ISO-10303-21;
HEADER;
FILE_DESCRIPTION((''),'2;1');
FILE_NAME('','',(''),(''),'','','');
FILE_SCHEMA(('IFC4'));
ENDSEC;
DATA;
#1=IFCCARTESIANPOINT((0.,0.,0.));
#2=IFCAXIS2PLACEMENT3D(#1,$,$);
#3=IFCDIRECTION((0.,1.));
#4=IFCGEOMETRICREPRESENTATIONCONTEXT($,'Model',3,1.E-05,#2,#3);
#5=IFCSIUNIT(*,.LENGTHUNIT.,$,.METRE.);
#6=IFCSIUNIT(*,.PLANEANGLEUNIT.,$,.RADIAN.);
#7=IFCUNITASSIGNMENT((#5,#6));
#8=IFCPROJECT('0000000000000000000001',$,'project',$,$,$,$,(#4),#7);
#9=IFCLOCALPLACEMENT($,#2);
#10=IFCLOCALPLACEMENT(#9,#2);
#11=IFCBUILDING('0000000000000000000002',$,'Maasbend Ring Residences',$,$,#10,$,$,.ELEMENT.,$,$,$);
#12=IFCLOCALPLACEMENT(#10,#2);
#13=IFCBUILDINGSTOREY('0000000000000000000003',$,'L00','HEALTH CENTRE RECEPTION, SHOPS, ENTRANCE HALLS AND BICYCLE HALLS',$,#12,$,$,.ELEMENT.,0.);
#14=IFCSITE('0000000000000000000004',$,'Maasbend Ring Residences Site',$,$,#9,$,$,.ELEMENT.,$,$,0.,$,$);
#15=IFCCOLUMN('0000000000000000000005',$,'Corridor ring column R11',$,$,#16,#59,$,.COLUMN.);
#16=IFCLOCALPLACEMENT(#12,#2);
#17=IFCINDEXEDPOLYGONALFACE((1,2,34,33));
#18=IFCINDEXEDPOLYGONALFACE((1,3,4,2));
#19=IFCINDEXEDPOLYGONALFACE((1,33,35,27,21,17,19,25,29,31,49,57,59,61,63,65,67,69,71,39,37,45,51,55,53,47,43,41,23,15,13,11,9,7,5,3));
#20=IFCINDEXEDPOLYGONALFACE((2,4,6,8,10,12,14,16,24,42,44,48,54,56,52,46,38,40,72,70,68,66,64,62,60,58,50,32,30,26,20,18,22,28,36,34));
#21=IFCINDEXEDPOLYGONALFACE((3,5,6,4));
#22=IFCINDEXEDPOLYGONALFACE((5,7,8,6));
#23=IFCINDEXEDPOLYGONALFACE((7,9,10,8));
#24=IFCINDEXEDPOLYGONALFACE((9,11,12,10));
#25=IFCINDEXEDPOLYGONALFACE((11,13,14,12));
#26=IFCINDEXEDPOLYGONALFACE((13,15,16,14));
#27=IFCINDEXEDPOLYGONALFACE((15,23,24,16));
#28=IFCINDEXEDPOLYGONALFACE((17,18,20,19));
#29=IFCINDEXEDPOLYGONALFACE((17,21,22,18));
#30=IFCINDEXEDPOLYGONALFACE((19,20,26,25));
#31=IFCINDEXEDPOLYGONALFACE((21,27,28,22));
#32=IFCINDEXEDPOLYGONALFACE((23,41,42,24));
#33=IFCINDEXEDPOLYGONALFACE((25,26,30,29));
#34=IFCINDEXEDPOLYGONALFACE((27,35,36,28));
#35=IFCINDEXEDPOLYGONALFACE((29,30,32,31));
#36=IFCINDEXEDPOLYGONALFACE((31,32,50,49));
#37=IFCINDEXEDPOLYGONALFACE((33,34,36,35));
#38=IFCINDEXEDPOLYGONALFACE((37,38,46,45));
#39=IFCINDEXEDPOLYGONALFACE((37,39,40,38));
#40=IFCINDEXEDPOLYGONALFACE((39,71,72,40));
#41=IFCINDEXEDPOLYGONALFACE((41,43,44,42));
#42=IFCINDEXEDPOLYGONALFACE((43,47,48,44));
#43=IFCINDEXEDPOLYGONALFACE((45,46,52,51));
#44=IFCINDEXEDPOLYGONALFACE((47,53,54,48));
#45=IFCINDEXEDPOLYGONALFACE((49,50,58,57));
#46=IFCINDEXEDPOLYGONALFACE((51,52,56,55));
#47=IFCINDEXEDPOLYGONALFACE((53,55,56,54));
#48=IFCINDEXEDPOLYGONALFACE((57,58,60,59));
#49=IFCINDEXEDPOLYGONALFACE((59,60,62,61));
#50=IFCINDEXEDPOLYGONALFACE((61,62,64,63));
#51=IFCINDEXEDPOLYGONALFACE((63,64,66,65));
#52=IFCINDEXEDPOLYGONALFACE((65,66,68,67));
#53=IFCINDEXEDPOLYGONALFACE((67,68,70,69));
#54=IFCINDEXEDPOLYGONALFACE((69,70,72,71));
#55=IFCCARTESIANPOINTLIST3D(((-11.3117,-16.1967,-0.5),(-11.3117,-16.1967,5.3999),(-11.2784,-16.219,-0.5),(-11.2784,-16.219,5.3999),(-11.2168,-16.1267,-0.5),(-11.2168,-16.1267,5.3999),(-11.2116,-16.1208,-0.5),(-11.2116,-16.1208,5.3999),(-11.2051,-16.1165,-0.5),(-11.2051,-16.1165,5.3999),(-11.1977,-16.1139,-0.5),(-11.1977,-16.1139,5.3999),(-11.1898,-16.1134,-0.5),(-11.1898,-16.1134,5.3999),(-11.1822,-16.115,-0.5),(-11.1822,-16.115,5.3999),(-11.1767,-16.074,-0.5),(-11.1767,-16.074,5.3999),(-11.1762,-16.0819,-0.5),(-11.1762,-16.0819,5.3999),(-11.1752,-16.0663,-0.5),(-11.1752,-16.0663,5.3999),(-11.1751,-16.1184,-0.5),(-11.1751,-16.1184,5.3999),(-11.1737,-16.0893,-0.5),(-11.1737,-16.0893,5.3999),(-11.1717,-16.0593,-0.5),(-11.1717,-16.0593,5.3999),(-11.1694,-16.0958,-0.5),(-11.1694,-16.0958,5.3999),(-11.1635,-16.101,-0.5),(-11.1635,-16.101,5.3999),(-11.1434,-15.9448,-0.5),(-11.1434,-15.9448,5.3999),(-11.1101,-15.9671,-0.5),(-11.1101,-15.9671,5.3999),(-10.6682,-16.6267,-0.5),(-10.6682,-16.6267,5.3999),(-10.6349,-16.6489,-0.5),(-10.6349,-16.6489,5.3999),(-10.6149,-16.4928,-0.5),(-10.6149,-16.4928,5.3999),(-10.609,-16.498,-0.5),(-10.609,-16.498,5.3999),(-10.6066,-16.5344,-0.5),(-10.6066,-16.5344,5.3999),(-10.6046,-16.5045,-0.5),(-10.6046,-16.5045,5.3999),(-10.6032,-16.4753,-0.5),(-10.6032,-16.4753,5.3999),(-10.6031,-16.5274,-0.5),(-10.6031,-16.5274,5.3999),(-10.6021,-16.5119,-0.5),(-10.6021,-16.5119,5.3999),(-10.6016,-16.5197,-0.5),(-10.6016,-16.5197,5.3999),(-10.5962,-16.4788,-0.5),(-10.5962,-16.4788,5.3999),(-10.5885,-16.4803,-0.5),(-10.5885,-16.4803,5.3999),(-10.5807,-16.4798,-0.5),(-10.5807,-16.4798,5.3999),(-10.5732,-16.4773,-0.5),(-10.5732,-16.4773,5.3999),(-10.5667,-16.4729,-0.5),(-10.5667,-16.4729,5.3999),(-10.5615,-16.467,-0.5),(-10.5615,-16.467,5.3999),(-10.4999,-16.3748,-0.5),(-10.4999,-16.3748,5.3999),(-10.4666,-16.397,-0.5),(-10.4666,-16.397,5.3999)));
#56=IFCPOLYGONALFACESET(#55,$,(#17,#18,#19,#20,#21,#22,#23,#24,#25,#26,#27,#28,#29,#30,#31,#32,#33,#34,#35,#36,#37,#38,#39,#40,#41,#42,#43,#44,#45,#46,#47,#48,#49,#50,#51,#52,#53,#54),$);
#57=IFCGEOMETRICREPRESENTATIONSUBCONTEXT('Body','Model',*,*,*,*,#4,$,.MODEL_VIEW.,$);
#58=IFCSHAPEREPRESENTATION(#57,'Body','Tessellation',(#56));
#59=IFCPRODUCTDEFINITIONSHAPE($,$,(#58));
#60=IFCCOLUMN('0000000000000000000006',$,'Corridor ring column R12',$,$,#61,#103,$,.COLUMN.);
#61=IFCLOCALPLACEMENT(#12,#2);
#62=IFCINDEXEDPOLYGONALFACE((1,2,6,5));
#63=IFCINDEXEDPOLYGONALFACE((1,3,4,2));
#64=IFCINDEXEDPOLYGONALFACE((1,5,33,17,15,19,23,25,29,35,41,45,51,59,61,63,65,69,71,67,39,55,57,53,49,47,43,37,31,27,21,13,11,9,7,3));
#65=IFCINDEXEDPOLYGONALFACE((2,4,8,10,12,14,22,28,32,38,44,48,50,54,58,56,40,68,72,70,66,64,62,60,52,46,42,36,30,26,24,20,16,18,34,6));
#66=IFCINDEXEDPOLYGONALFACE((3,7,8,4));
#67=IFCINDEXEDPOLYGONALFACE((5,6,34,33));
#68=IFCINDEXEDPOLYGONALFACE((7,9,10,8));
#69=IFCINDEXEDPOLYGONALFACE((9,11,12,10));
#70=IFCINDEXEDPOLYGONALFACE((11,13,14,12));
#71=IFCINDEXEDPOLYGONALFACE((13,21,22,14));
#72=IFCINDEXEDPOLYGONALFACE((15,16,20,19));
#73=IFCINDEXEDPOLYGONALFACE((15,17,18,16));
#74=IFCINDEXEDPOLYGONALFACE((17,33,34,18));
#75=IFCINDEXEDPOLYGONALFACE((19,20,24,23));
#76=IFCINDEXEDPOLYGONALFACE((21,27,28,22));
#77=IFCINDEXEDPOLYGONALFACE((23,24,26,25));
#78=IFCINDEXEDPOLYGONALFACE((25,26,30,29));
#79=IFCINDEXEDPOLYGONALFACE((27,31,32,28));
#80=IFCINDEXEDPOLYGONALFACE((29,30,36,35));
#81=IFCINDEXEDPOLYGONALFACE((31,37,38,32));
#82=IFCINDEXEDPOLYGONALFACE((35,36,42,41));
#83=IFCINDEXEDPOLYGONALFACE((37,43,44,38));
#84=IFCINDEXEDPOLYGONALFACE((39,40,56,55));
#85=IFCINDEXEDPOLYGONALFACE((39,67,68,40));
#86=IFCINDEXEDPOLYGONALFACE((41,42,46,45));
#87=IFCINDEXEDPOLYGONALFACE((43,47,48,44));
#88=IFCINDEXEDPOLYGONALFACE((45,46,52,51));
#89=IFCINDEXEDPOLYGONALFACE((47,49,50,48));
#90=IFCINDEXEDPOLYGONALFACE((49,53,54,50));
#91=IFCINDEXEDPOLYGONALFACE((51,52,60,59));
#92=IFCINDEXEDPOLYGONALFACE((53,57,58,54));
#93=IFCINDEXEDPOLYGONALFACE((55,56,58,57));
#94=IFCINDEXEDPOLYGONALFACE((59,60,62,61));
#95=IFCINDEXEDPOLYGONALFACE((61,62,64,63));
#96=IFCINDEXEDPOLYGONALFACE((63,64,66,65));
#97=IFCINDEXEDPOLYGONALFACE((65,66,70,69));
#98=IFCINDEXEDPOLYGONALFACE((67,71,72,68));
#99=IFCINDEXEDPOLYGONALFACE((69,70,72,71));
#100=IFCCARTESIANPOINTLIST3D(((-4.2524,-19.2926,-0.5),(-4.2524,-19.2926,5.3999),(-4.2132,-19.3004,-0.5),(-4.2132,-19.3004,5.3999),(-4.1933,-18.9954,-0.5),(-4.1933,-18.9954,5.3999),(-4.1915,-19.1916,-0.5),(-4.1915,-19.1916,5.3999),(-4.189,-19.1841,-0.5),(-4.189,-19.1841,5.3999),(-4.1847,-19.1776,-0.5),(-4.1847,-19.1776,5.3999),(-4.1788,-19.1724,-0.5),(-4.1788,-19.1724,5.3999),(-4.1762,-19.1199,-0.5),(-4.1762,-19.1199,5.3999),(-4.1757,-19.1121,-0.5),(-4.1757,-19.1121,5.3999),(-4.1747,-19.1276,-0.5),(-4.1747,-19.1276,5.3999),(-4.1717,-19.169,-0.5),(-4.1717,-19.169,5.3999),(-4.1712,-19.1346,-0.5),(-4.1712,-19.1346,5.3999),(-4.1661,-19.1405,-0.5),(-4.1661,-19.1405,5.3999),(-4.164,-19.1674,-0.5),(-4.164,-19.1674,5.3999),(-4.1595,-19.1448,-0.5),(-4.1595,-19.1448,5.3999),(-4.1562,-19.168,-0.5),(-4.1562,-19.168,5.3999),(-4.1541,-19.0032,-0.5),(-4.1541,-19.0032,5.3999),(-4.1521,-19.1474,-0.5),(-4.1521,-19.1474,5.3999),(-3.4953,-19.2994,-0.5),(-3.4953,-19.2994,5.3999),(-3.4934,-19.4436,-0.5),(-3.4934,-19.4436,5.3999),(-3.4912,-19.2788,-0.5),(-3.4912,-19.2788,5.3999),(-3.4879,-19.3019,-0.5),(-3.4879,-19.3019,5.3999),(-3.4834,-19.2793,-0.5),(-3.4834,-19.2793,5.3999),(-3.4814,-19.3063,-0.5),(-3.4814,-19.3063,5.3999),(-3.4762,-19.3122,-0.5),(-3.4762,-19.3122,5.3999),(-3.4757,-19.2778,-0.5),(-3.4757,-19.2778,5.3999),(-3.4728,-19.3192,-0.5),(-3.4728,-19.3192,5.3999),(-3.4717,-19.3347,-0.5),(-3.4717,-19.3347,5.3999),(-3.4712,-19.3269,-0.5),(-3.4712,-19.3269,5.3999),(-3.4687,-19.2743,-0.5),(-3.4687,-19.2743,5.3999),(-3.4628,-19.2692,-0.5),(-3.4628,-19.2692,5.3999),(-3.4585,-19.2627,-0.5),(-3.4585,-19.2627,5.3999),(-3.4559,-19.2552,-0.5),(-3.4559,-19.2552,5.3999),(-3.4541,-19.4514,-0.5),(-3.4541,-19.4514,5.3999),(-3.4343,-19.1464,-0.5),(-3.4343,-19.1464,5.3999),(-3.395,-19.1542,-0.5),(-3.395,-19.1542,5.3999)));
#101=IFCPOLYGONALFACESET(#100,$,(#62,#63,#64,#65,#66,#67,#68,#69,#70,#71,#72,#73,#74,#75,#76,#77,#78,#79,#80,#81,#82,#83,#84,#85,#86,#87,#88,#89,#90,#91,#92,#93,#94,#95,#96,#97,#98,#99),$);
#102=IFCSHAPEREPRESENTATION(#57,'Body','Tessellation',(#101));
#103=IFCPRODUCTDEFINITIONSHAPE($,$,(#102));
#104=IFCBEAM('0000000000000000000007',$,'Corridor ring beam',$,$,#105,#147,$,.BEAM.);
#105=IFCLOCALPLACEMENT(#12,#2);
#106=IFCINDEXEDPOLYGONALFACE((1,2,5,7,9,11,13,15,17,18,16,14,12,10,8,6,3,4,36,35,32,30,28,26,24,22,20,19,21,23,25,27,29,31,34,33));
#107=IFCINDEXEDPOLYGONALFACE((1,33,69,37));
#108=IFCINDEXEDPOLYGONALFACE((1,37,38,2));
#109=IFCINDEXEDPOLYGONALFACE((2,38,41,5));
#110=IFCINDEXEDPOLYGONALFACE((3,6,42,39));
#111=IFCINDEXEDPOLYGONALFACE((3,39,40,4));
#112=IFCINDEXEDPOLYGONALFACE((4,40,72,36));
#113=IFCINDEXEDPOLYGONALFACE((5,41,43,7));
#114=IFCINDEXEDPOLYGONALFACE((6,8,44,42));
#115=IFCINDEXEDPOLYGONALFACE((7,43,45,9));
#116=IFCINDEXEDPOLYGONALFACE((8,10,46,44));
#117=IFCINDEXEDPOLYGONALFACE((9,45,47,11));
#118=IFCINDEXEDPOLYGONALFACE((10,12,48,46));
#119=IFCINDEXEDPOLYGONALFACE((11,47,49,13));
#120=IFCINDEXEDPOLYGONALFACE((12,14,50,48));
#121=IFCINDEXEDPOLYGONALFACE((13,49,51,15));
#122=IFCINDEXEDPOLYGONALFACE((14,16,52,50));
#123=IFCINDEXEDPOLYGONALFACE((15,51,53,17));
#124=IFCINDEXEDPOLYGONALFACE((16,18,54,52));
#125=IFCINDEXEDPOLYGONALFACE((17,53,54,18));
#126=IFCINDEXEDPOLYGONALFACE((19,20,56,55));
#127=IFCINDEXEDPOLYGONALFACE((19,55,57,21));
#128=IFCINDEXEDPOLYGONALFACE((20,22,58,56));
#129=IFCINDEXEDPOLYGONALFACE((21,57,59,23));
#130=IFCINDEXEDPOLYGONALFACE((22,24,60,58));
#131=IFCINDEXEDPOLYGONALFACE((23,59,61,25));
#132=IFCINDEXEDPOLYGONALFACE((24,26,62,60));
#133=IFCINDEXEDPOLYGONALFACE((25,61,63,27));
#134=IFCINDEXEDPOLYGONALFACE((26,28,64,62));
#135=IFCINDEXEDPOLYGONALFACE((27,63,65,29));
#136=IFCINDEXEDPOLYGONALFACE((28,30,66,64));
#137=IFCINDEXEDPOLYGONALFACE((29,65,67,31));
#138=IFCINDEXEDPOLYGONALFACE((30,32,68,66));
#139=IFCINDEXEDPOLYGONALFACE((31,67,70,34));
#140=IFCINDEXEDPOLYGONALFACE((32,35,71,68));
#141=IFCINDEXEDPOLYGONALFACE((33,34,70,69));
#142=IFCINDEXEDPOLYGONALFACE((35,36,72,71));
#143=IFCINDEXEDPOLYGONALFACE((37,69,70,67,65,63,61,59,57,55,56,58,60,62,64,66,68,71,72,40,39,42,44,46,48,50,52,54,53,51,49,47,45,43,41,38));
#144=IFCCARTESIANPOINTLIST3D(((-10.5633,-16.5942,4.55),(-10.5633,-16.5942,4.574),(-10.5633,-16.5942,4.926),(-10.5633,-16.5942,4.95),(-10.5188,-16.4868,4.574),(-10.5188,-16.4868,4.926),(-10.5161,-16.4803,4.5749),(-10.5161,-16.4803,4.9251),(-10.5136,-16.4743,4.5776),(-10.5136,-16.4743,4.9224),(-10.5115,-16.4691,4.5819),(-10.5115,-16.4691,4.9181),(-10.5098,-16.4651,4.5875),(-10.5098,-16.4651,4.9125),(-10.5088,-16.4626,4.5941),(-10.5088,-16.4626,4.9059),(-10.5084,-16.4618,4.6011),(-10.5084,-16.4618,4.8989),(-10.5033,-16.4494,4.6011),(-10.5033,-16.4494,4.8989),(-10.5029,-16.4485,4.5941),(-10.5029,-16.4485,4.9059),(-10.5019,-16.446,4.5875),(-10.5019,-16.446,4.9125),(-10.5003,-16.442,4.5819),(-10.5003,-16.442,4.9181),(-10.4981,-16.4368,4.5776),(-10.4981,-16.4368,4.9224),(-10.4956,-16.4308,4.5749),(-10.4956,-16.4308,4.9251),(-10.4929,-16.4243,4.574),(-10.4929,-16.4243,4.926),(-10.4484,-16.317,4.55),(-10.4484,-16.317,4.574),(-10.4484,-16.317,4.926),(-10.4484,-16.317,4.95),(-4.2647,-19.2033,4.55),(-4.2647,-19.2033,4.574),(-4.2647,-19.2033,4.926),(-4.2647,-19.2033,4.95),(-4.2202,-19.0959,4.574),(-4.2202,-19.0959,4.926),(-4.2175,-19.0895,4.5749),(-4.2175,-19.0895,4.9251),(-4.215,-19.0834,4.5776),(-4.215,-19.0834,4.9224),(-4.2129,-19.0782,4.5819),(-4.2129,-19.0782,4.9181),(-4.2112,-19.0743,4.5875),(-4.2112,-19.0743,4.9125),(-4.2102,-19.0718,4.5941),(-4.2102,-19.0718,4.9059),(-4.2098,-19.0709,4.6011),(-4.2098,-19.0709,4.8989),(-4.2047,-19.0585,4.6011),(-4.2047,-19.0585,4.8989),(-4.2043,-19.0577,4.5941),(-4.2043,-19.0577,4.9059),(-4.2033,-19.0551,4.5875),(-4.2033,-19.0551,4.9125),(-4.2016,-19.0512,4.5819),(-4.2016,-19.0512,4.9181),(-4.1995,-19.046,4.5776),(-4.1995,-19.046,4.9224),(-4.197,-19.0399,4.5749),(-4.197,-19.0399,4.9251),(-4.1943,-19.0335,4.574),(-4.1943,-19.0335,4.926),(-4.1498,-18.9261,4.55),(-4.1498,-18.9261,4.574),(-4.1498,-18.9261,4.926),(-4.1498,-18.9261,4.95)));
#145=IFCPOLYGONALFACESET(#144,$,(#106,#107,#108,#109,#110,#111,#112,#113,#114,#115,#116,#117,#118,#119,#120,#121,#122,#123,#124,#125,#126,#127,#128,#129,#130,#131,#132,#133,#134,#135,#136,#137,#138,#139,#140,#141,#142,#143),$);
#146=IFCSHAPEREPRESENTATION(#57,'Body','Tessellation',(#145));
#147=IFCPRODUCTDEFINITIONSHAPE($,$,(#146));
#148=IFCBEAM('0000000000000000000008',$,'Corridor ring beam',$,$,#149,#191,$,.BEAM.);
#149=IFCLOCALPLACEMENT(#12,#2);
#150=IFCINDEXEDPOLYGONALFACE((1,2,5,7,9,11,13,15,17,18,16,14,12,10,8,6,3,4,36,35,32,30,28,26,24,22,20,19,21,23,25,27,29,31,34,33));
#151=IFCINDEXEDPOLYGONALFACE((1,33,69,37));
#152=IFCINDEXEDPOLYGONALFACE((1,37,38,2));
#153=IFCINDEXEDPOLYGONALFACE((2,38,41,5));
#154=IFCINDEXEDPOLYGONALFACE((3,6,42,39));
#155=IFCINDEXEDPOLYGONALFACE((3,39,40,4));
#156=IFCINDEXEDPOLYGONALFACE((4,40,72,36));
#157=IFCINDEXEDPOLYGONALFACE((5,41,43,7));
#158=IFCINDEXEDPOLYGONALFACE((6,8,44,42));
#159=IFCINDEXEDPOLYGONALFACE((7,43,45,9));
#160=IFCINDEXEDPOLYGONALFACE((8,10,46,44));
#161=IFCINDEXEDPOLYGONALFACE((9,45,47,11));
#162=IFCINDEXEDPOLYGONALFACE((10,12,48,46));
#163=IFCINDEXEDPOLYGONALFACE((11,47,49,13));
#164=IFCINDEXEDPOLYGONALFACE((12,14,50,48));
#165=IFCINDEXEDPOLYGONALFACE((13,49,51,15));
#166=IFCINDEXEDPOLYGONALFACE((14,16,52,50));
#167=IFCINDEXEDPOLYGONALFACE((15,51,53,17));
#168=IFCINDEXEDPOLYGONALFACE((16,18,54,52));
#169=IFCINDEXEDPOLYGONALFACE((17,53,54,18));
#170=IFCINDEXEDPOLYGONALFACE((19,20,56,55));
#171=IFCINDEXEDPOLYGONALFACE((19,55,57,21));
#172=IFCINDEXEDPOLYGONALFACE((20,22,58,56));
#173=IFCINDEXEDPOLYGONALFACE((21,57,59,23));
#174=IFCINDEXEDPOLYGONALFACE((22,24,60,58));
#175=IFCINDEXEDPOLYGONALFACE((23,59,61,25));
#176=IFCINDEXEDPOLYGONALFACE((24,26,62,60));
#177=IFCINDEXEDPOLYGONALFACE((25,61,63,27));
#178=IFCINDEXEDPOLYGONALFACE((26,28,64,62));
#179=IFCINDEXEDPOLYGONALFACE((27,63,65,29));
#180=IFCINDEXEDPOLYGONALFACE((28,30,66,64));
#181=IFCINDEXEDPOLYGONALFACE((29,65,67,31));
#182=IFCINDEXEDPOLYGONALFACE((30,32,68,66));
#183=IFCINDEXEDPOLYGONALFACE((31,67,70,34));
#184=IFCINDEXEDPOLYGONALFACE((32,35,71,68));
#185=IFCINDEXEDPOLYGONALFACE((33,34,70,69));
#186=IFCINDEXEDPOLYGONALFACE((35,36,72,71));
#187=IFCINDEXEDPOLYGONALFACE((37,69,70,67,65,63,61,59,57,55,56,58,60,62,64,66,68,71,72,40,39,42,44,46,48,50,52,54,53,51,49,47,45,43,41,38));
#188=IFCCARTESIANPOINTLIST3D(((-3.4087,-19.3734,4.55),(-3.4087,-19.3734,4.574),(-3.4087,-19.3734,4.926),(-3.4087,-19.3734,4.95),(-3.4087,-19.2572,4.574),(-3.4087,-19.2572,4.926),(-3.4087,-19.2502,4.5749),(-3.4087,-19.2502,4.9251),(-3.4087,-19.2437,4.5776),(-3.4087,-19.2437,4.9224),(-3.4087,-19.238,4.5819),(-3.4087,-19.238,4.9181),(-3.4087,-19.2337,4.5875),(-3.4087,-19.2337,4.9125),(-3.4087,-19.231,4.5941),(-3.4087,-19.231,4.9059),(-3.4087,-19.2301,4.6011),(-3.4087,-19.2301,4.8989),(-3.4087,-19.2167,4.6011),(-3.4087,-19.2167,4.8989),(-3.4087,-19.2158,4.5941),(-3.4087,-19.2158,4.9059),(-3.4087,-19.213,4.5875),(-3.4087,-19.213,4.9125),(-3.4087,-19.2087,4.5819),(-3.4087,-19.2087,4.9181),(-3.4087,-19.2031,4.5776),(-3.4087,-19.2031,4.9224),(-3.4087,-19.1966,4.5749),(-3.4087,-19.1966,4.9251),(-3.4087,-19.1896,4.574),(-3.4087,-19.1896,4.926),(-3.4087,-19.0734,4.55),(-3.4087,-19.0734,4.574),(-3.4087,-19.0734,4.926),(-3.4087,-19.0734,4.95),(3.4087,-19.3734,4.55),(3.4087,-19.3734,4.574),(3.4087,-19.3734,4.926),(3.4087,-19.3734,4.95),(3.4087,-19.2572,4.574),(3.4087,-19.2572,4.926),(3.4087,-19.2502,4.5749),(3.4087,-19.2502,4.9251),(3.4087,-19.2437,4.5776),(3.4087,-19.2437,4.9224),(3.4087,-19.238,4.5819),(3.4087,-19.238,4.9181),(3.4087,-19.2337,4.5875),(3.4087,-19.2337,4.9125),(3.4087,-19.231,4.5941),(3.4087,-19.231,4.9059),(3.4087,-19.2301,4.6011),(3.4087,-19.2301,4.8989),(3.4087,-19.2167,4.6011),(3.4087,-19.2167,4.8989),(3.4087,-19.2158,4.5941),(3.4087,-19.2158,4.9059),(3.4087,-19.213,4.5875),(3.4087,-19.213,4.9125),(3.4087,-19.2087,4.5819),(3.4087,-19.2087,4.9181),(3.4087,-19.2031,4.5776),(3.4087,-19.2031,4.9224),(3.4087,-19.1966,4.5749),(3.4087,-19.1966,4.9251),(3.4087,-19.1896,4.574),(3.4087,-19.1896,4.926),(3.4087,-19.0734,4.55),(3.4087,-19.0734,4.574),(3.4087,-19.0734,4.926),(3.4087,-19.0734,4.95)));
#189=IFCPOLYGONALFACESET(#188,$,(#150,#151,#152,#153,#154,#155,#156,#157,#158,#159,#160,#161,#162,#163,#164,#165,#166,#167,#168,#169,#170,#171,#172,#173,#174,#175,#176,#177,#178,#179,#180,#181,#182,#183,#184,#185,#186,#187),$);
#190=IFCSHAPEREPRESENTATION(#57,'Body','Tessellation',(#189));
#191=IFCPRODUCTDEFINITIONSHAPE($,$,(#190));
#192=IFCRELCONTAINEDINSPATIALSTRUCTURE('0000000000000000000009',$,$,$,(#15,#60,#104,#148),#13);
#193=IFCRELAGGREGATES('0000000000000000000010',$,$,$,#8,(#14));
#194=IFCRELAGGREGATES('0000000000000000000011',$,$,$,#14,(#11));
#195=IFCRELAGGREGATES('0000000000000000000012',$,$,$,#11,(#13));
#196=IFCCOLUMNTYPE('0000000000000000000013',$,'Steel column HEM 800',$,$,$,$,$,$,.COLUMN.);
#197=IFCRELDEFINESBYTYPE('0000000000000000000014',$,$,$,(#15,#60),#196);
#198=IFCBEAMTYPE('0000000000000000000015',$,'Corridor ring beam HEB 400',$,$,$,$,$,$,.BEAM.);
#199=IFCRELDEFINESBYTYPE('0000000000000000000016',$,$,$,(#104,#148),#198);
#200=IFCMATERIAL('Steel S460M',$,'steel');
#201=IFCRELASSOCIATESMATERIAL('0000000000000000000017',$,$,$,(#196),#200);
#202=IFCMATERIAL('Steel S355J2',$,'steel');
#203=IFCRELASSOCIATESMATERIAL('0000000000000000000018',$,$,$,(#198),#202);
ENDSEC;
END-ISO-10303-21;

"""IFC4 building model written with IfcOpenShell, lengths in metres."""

from ifc_helpers import new_model, si_unit, direction, frame, origin, origin_2d, place, context, subcontext, project, spatial, i_section, extrude, material, material_profile, profile_set, type_object, element, save


model = new_model("IFC4")

# Units and contexts
model_context = context("Model", 3, precision=1e-05, world=origin(), true_north=direction((0.0, 1.0)))
body_context = subcontext(model_context, "Body", "Model", "MODEL_VIEW")
ifc_project = project(units=[si_unit("LENGTHUNIT", "METRE"), si_unit("PLANEANGLEUNIT", "RADIAN")], contexts=[model_context])

# Site, building, storey
site_placement = place(None, origin())
site = spatial("IfcSite", under=ifc_project, at=site_placement, Name="Maasbend Ring Residences Site", CompositionType="ELEMENT", RefElevation=0.0)
building_placement = place(site_placement, origin())
building = spatial("IfcBuilding", under=site, at=building_placement, Name="Maasbend Ring Residences", CompositionType="ELEMENT")
storey_placement = place(building_placement, origin())
storey = spatial("IfcBuildingStorey", under=building, at=storey_placement, Name="L00", Description="HEALTH CENTRE RECEPTION, SHOPS, ENTRANCE HALLS AND BICYCLE HALLS", CompositionType="ELEMENT", Elevation=0.0)

# Columns
ifc_material_1 = material(Name="Steel S460M", Category="steel")
ifc_material_profile_1 = material_profile(ifc_material_1, i_section(OverallWidth=0.303, OverallDepth=0.814, WebThickness=0.021, FlangeThickness=0.04, FilletRadius=0.03, at=origin_2d()), Name="HEM 800")
ifc_profile_set_1 = profile_set([ifc_material_profile_1], Name="Steel S460M")
column_type = type_object("IfcColumnType", Name="Steel column HEM 800", PredefinedType="COLUMN", material=ifc_profile_set_1)
for number, where, z_axis, x_axis, name in (
    (1, (-10.8892, -16.2969, -0.5), (0.0, 0.0, 1.0), (-0.55557, -0.83147, 0.0), "Corridor ring column R11"),
    (2, (-3.8237, -19.2234, -0.5), (0.0, 0.0, 1.0), (-0.19509, -0.980785, 0.0), "Corridor ring column R12"),
):
    element("IfcColumn", number, at=place(storey_placement, frame(where, z_axis=z_axis, x_axis=x_axis)), inside=storey, type_object=column_type, Name=name, PredefinedType="COLUMN", context=body_context, shape_type="SweptSolid", body=[
        extrude(i_section(OverallWidth=0.303, OverallDepth=0.814, WebThickness=0.021, FlangeThickness=0.04, FilletRadius=0.03, at=origin_2d()), origin(), (0.0, 0.0, 1.0), 5.8999),
    ])

# Beams
ifc_material_2 = material(Name="Steel S355J2", Category="steel")
ifc_material_profile_2 = material_profile(ifc_material_2, i_section(OverallWidth=0.3, OverallDepth=0.3999, WebThickness=0.0134, FlangeThickness=0.0239, FilletRadius=0.0271, at=origin_2d()), Name="HEB 400")
ifc_profile_set_2 = profile_set([ifc_material_profile_2], Name="Steel S355J2")
beam_type = type_object("IfcBeamType", Name="Corridor ring beam HEB 400", PredefinedType="BEAM", material=ifc_profile_set_2)
beam_1_placement = place(storey_placement, frame((-10.5059, -16.4556, 4.75), z_axis=(0.923871, -0.382705, 0.0), x_axis=(0.382705, 0.923871, 0.0)))
element("IfcBeam", 3, at=beam_1_placement, inside=storey, type_object=beam_type, Name="Corridor ring beam", PredefinedType="BEAM", context=body_context, shape_type="SweptSolid", body=[
    extrude(i_section(OverallWidth=0.3, OverallDepth=0.3999, WebThickness=0.0134, FlangeThickness=0.0239, FilletRadius=0.0271, at=origin_2d()), origin(), (0.0, 0.0, 1.0), 6.8176),
])
beam_2_placement = place(storey_placement, frame((-3.4087, -19.2234, 4.75), z_axis=(1.0, 0.0, 0.0), x_axis=(0.0, 1.0, 0.0)))
element("IfcBeam", 4, at=beam_2_placement, inside=storey, type_object=beam_type, Name="Corridor ring beam", PredefinedType="BEAM", context=body_context, shape_type="SweptSolid", body=[
    extrude(i_section(OverallWidth=0.3, OverallDepth=0.3999, WebThickness=0.0134, FlangeThickness=0.0239, FilletRadius=0.0271, at=origin_2d()), origin(), (0.0, 0.0, 1.0), 6.8174),
])

save(model, "model.ifc")
